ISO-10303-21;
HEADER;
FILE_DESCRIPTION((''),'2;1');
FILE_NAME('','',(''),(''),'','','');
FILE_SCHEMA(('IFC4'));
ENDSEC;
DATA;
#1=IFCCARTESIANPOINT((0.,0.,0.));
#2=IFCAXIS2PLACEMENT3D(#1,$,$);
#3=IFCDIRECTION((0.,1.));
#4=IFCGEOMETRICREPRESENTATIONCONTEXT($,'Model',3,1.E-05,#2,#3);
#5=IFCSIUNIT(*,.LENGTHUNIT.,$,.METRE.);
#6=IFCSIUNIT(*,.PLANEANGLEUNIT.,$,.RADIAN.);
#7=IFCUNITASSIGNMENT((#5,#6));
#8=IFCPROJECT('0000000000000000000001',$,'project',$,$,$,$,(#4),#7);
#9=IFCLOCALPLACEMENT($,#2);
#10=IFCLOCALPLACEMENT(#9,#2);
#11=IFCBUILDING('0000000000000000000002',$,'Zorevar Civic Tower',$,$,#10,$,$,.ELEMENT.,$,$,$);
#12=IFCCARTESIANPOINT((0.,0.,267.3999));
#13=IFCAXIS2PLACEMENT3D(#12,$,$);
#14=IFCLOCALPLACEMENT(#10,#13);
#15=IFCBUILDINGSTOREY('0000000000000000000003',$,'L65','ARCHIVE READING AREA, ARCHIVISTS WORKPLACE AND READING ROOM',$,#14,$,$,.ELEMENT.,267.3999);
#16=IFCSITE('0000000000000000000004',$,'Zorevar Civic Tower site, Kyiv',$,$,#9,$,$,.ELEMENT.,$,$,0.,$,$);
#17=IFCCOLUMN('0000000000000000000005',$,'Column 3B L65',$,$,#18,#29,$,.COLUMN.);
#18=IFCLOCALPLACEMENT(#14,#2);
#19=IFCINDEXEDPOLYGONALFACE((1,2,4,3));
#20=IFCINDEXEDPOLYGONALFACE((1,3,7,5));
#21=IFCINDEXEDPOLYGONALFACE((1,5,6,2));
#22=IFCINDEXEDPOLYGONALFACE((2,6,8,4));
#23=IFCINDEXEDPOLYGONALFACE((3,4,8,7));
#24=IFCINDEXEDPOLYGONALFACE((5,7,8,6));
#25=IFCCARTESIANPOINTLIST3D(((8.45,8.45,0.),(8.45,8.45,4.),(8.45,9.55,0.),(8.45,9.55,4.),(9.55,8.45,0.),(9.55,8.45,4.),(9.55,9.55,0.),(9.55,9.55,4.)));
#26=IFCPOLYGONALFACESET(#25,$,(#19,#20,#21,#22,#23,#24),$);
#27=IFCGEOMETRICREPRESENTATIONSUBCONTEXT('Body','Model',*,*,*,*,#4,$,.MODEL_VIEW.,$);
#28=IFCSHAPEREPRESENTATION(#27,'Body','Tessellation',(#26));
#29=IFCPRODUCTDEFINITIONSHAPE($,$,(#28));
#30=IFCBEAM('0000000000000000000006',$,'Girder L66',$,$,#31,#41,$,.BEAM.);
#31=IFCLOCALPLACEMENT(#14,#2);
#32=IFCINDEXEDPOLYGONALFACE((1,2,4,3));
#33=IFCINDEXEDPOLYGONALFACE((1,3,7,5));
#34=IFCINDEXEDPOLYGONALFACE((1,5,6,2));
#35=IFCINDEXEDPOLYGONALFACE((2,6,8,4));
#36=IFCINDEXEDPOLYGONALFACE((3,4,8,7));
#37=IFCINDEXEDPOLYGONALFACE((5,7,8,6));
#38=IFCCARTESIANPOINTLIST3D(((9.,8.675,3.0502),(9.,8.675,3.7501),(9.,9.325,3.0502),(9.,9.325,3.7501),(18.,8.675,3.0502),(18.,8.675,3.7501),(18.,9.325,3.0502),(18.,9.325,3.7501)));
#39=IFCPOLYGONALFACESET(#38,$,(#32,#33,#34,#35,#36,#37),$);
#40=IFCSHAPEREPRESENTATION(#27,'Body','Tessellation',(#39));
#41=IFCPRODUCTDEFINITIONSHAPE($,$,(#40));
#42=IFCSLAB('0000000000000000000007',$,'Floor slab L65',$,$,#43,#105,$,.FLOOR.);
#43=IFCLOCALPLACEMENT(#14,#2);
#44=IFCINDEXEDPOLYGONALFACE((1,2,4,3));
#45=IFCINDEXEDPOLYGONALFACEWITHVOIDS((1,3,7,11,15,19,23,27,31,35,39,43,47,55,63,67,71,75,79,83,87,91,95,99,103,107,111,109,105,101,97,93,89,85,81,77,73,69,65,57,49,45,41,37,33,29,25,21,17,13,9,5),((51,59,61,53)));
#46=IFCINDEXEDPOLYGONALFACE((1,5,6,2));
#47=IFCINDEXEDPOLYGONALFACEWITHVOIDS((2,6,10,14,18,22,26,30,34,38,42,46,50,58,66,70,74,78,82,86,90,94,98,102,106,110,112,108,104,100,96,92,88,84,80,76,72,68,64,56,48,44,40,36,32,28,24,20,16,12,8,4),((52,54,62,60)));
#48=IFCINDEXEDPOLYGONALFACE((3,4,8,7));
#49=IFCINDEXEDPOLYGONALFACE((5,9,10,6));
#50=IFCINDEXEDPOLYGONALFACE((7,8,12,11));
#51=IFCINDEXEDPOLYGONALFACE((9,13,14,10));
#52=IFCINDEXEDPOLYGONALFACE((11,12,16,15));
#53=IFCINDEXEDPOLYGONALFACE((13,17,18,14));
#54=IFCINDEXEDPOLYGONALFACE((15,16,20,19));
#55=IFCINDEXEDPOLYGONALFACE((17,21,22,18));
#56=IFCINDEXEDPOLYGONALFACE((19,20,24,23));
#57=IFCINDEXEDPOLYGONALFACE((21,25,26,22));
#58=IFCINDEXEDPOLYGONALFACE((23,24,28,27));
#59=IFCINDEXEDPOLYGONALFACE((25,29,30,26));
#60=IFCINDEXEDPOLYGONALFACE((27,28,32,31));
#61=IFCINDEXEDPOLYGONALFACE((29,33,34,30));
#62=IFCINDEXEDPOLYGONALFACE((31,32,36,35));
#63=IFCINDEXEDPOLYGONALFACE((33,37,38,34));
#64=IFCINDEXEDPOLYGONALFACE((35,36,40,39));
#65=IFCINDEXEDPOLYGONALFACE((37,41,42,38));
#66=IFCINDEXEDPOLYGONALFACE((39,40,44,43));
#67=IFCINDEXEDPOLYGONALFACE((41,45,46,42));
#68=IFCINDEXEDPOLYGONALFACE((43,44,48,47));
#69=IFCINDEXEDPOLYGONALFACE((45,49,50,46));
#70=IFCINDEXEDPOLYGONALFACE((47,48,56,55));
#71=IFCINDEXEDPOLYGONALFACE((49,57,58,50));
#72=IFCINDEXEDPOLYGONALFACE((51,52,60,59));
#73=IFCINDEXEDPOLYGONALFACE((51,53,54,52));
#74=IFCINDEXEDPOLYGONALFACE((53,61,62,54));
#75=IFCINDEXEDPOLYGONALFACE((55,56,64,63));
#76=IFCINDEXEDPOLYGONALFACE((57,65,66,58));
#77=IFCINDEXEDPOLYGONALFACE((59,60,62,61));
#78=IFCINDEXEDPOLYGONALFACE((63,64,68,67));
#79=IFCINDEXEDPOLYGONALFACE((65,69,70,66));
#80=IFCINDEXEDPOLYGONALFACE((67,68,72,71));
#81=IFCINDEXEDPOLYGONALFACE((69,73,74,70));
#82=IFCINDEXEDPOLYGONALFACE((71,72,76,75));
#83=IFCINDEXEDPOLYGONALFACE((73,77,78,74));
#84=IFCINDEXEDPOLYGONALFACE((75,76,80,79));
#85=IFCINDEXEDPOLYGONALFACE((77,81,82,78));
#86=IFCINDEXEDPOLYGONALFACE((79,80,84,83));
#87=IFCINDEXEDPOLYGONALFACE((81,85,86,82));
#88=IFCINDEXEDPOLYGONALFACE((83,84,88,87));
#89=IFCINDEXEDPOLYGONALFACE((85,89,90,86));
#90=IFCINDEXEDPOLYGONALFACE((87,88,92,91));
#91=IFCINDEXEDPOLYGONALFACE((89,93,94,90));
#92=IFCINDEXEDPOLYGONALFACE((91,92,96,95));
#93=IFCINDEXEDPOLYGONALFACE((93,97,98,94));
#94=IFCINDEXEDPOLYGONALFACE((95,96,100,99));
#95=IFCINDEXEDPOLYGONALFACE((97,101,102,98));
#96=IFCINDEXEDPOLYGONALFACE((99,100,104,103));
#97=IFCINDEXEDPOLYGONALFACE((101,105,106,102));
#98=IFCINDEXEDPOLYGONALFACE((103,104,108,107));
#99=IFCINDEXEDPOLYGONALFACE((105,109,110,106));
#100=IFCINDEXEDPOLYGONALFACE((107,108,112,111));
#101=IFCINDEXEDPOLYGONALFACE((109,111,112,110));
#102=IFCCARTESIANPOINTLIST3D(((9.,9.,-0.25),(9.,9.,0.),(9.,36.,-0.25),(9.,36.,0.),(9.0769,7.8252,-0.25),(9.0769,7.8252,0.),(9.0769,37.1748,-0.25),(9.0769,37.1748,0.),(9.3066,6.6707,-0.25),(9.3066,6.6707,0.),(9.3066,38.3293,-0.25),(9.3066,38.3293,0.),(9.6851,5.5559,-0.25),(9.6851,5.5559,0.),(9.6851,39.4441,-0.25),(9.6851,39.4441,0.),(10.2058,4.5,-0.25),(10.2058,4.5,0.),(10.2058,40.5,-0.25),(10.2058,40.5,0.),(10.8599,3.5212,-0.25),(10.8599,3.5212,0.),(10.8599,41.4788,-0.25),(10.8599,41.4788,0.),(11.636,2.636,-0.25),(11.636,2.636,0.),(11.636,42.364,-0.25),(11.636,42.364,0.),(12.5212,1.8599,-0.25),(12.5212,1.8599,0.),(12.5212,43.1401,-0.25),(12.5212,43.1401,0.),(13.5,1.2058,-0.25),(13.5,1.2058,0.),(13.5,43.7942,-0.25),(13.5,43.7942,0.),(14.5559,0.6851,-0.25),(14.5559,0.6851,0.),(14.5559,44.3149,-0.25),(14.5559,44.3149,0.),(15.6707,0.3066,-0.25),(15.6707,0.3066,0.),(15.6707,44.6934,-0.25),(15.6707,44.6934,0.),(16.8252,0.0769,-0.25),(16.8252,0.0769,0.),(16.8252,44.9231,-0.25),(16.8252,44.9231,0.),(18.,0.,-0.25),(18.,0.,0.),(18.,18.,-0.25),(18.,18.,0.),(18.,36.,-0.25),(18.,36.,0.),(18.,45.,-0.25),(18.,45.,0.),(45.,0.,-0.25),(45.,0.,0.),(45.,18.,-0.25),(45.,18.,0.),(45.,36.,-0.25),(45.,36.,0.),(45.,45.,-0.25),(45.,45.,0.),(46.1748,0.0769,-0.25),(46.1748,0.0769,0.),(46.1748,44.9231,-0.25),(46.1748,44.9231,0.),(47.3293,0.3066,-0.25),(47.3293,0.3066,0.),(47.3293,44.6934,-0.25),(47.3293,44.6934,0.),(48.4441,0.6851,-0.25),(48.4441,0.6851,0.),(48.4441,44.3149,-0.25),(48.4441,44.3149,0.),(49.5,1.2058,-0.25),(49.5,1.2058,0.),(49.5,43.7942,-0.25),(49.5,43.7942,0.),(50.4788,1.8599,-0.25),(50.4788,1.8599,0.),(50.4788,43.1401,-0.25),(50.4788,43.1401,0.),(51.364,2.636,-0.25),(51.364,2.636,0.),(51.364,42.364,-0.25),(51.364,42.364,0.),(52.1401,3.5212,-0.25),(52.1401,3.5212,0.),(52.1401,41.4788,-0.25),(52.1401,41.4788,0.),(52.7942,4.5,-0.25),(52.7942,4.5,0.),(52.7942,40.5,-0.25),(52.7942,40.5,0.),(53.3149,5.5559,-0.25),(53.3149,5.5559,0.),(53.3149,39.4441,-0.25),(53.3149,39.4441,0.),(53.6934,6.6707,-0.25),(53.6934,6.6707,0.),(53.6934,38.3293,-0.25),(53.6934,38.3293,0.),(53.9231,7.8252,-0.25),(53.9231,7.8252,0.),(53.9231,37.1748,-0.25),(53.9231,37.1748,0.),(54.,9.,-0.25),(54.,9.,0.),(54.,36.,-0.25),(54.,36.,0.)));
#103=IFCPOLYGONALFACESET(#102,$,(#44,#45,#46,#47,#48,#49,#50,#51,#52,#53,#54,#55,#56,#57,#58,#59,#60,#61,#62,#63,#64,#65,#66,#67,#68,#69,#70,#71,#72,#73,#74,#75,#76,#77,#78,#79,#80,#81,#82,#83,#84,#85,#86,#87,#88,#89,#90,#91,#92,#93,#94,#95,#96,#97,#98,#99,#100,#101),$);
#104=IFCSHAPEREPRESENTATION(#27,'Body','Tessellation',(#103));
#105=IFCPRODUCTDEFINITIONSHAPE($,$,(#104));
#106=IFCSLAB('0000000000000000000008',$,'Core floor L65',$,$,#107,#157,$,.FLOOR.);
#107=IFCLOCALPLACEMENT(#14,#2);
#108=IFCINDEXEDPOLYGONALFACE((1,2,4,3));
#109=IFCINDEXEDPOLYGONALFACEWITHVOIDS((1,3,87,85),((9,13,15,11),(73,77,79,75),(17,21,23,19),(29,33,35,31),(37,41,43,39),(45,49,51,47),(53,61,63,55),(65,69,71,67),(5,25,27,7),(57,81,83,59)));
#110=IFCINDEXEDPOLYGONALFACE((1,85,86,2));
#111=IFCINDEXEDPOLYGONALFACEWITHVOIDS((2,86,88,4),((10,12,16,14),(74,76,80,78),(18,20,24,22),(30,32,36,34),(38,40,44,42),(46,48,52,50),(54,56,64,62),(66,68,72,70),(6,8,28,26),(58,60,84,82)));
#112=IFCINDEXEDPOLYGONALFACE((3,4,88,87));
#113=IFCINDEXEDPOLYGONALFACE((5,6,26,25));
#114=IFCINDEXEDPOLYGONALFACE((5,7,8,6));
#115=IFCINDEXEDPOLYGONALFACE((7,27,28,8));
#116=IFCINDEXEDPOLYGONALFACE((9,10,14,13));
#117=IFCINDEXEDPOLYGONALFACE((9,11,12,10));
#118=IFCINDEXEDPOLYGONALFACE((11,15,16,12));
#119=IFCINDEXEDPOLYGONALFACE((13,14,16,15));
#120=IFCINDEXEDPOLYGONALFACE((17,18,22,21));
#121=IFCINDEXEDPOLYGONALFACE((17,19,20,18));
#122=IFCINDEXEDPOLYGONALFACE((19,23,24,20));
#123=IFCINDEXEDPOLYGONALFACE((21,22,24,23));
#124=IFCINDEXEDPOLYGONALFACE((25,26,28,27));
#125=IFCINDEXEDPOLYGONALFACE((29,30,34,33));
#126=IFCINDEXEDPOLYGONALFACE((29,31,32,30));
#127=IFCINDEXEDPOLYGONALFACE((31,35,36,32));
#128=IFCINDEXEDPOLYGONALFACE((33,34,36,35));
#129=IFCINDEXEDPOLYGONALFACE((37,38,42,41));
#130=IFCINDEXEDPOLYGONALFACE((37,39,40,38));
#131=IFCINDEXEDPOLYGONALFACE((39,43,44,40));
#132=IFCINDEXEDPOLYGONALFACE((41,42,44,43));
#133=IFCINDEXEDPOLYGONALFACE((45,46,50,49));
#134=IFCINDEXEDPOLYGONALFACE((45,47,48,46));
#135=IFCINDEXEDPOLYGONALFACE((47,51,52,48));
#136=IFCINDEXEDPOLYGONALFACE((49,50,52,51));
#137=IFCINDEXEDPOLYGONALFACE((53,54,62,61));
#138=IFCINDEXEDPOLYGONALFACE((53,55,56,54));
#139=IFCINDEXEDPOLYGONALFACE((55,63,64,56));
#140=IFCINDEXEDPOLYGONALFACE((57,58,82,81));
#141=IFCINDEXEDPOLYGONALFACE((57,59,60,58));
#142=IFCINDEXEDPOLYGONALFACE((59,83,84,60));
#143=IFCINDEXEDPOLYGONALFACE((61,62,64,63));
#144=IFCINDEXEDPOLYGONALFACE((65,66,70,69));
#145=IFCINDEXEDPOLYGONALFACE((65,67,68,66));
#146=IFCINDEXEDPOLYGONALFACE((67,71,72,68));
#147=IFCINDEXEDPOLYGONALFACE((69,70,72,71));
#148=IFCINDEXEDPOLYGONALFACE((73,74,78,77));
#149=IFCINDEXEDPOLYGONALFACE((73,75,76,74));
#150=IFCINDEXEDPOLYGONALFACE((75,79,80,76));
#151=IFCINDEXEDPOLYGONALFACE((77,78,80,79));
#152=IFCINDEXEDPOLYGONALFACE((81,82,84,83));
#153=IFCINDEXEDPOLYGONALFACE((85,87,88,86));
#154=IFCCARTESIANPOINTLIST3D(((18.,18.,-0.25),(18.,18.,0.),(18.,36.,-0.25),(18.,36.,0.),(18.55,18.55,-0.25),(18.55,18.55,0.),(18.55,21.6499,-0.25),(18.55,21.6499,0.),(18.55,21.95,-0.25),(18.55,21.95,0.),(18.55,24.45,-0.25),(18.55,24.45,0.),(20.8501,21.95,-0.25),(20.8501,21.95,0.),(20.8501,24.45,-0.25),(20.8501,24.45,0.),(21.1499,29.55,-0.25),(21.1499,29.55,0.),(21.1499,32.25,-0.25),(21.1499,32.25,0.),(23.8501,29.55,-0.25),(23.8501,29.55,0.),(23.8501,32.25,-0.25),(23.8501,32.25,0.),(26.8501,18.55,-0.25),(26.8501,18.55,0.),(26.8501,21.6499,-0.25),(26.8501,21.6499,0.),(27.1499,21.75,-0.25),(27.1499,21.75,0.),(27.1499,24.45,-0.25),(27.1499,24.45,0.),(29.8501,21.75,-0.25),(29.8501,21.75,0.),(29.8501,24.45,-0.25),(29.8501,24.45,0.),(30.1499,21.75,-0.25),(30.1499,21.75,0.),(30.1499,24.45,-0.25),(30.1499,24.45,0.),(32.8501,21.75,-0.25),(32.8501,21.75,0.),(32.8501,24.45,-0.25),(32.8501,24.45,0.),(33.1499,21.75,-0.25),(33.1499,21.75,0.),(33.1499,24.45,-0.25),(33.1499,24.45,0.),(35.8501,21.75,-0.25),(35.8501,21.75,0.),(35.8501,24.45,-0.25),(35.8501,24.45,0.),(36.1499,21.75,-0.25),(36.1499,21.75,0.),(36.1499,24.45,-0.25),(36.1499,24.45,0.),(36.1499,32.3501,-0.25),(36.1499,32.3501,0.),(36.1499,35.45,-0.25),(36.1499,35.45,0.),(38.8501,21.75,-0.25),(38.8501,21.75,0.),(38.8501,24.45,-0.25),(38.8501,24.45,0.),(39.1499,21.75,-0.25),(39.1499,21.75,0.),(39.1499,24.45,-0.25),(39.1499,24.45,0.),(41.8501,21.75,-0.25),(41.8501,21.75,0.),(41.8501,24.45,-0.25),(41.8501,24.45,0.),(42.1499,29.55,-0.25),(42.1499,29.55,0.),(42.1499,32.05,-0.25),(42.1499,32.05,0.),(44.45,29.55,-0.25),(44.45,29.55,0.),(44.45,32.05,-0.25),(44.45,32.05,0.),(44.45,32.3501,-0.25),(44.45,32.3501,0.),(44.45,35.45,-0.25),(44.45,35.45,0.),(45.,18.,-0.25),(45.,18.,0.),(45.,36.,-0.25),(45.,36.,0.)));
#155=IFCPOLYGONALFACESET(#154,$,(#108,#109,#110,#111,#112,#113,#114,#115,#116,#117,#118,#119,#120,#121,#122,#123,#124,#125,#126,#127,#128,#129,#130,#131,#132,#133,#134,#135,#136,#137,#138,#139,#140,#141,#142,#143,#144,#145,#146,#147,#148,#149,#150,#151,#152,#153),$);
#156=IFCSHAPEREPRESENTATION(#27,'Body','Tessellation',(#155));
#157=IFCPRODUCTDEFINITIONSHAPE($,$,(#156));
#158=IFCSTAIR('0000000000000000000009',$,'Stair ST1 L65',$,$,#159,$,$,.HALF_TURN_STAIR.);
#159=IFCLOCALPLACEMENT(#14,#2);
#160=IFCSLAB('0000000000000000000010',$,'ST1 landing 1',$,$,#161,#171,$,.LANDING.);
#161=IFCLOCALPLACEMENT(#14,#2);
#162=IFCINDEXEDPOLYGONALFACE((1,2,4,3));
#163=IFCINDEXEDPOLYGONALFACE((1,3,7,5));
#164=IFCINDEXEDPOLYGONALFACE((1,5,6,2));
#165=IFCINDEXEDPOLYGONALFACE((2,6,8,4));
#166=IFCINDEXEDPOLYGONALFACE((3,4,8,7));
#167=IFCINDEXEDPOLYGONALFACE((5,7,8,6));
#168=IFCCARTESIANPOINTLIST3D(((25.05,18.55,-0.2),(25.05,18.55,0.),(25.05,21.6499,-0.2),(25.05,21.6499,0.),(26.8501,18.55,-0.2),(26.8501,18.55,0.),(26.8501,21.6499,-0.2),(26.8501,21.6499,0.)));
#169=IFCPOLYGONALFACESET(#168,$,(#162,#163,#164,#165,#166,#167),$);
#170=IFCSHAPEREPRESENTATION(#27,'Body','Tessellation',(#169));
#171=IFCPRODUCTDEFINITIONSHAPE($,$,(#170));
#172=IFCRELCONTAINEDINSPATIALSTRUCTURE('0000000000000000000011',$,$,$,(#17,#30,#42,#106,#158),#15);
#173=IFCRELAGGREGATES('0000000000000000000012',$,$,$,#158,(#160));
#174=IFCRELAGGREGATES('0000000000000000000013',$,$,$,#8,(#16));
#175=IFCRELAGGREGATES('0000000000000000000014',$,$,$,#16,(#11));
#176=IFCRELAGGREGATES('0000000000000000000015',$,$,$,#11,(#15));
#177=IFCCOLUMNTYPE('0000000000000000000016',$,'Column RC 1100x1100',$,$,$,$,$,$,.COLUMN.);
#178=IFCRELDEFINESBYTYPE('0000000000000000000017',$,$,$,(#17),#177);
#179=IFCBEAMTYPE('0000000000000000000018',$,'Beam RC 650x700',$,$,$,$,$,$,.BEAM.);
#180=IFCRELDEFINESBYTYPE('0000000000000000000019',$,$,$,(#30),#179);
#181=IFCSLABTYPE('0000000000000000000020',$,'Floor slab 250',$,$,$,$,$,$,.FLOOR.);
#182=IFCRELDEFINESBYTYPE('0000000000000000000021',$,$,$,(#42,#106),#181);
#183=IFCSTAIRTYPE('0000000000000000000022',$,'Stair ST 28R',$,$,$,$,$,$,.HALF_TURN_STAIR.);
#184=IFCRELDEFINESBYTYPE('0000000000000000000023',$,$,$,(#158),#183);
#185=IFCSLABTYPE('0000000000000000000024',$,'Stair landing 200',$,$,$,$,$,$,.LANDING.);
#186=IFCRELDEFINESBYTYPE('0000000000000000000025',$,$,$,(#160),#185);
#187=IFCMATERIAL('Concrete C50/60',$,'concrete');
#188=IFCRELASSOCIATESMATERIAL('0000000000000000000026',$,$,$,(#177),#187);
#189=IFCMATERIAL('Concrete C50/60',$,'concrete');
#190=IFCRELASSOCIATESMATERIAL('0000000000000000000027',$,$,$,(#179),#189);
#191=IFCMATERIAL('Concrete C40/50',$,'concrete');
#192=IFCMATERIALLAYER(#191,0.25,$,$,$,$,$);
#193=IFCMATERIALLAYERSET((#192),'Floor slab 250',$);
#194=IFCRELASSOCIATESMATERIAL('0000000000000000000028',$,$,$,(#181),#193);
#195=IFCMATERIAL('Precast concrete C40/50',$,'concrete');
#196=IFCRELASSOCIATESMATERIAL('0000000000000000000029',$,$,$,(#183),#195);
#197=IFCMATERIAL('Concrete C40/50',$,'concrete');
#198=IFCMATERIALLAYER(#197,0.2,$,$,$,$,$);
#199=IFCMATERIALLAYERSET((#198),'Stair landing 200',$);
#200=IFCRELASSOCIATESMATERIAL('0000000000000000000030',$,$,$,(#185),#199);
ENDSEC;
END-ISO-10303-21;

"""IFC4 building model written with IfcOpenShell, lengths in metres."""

from ifc_helpers import new_model, si_unit, direction, frame, origin, origin_2d, place, context, subcontext, project, spatial, polyline, rectangle, outline, extrude, material, layer, layer_set, material_profile, profile_set, type_object, element, aggregate, save


model = new_model("IFC4")

# Units and contexts
model_context = context("Model", 3, precision=1e-05, world=origin(), true_north=direction((0.0, 1.0)))
body_context = subcontext(model_context, "Body", "Model", "MODEL_VIEW")
ifc_project = project(units=[si_unit("LENGTHUNIT", "METRE"), si_unit("PLANEANGLEUNIT", "RADIAN")], contexts=[model_context])

# Site, building, storey
site_placement = place(None, origin())
site = spatial("IfcSite", under=ifc_project, at=site_placement, Name="Zorevar Civic Tower site, Kyiv", CompositionType="ELEMENT", RefElevation=0.0)
building_placement = place(site_placement, origin())
building = spatial("IfcBuilding", under=site, at=building_placement, Name="Zorevar Civic Tower", CompositionType="ELEMENT")
storey_placement = place(building_placement, frame((0.0, 0.0, 267.3999)))
storey = spatial("IfcBuildingStorey", under=building, at=storey_placement, Name="L65", Description="ARCHIVE READING AREA, ARCHIVISTS WORKPLACE AND READING ROOM", CompositionType="ELEMENT", Elevation=267.3999)

# Column
ifc_material_1 = material(Name="Concrete C50/60", Category="concrete")
ifc_material_profile_1 = material_profile(ifc_material_1, rectangle(XDim=1.1001, YDim=1.1001, at=origin_2d()), Name="RC 1100x1100")
ifc_profile_set_1 = profile_set([ifc_material_profile_1], Name="Concrete C50/60")
column_type = type_object("IfcColumnType", Name="Column RC 1100x1100", PredefinedType="COLUMN", material=ifc_profile_set_1)
column_placement = place(storey_placement, frame((9.0, 9.0, 0.0), z_axis=(0.0, 0.0, 1.0), x_axis=(1.0, 0.0, 0.0)))
element("IfcColumn", 1, at=column_placement, inside=storey, type_object=column_type, Name="Column 3B L65", PredefinedType="COLUMN", context=body_context, shape_type="SweptSolid", body=[
    extrude(rectangle(XDim=1.1001, YDim=1.1001, at=origin_2d()), origin(), (0.0, 0.0, 1.0), 4.0),
])

# Beam
ifc_material_2 = material(Name="Concrete C50/60", Category="concrete")
ifc_material_profile_2 = material_profile(ifc_material_2, rectangle(XDim=0.6499, YDim=0.7, at=origin_2d()), Name="RC 650x700")
ifc_profile_set_2 = profile_set([ifc_material_profile_2], Name="Concrete C50/60")
beam_type = type_object("IfcBeamType", Name="Beam RC 650x700", PredefinedType="BEAM", material=ifc_profile_set_2)
beam_placement = place(storey_placement, frame((9.0, 9.0, 3.4001), z_axis=(1.0, 0.0, 0.0), x_axis=(0.0, 1.0, 0.0)))
element("IfcBeam", 2, at=beam_placement, inside=storey, type_object=beam_type, Name="Girder L66", PredefinedType="BEAM", context=body_context, shape_type="SweptSolid", body=[
    extrude(rectangle(XDim=0.6499, YDim=0.7, at=origin_2d()), origin(), (0.0, 0.0, 1.0), 9.0),
])

# Slabs
ifc_material_3 = material(Name="Concrete C40/50", Category="concrete")
ifc_layer_1 = layer(ifc_material_3, 0.25)
ifc_layer_set_1 = layer_set([ifc_layer_1], Name="Floor slab 250")
slab_type_1 = type_object("IfcSlabType", Name="Floor slab 250", PredefinedType="FLOOR", material=ifc_layer_set_1)
slab_1_placement = place(storey_placement, frame((0.0, 0.0, -0.25)))
element("IfcSlab", 3, at=slab_1_placement, inside=storey, type_object=slab_type_1, Name="Floor slab L65", PredefinedType="FLOOR", context=body_context, shape_type="SweptSolid", body=[
    extrude(outline(polyline([(45.0, 0.0), (46.1748, 0.0769), (47.3293, 0.3066), (48.4441, 0.6851), (49.5, 1.2058), (50.4788, 1.8599), (51.364, 2.636), (52.1401, 3.5212), (52.7942, 4.5), (53.3149, 5.5559), (53.6934, 6.6707), (53.9231, 7.8252), (54.0, 9.0), (54.0, 36.0), (53.9231, 37.1748), (53.6934, 38.3293), (53.3149, 39.4441), (52.7942, 40.5), (52.1401, 41.4788), (51.364, 42.364), (50.4788, 43.1401), (49.5, 43.7942), (48.4441, 44.3149), (47.3293, 44.6934), (46.1748, 44.9231), (45.0, 45.0), (18.0, 45.0), (16.8252, 44.9231), (15.6707, 44.6934), (14.5559, 44.3149), (13.5, 43.7942), (12.5212, 43.1401), (11.636, 42.364), (10.8599, 41.4788), (10.2058, 40.5), (9.6851, 39.4441), (9.3066, 38.3293), (9.0769, 37.1748), (9.0, 36.0), (9.0, 9.0), (9.0769, 7.8252), (9.3066, 6.6707), (9.6851, 5.5559), (10.2058, 4.5), (10.8599, 3.5212), (11.636, 2.636), (12.5212, 1.8599), (13.5, 1.2058), (14.5559, 0.6851), (15.6707, 0.3066), (16.8252, 0.0769), (18.0, 0.0), (45.0, 0.0)]), holes=[polyline([(18.0, 18.0), (45.0, 18.0), (45.0, 36.0), (18.0, 36.0), (18.0, 18.0)])]), origin(), (0.0, 0.0, 1.0), 0.25),
])
slab_2_placement = place(storey_placement, frame((0.0, 0.0, -0.25)))
element("IfcSlab", 4, at=slab_2_placement, inside=storey, type_object=slab_type_1, Name="Core floor L65", PredefinedType="FLOOR", context=body_context, shape_type="SweptSolid", body=[
    extrude(outline(polyline([(18.0, 18.0), (45.0, 18.0), (45.0, 36.0), (18.0, 36.0), (18.0, 18.0)]), holes=[polyline([(18.55, 18.55), (26.8501, 18.55), (26.8501, 21.6499), (18.55, 21.6499), (18.55, 18.55)]), polyline([(36.1499, 32.3501), (44.45, 32.3501), (44.45, 35.45), (36.1499, 35.45), (36.1499, 32.3501)]), polyline([(18.55, 21.95), (20.8501, 21.95), (20.8501, 24.45), (18.55, 24.45), (18.55, 21.95)]), polyline([(42.1499, 29.55), (44.45, 29.55), (44.45, 32.05), (42.1499, 32.05), (42.1499, 29.55)]), polyline([(27.1499, 21.75), (29.8501, 21.75), (29.8501, 24.45), (27.1499, 24.45), (27.1499, 21.75)]), polyline([(30.1499, 21.75), (32.8501, 21.75), (32.8501, 24.45), (30.1499, 24.45), (30.1499, 21.75)]), polyline([(33.1499, 21.75), (35.8501, 21.75), (35.8501, 24.45), (33.1499, 24.45), (33.1499, 21.75)]), polyline([(36.1499, 21.75), (38.8501, 21.75), (38.8501, 24.45), (36.1499, 24.45), (36.1499, 21.75)]), polyline([(39.1499, 21.75), (41.8501, 21.75), (41.8501, 24.45), (39.1499, 24.45), (39.1499, 21.75)]), polyline([(21.1499, 29.55), (23.8501, 29.55), (23.8501, 32.25), (21.1499, 32.25), (21.1499, 29.55)])]), origin(), (0.0, 0.0, 1.0), 0.25),
])

# Stair, slab
ifc_material_4 = material(Name="Precast concrete C40/50", Category="concrete")
stair_type = type_object("IfcStairType", Name="Stair ST 28R", PredefinedType="HALF_TURN_STAIR", material=ifc_material_4)
stair_1_placement = place(storey_placement, origin())
stair_1 = element("IfcStair", 5, at=stair_1_placement, inside=storey, type_object=stair_type, Name="Stair ST1 L65", PredefinedType="HALF_TURN_STAIR")
ifc_material_5 = material(Name="Concrete C40/50", Category="concrete")
ifc_layer_2 = layer(ifc_material_5, 0.2)
ifc_layer_set_2 = layer_set([ifc_layer_2], Name="Stair landing 200")
slab_type_2 = type_object("IfcSlabType", Name="Stair landing 200", PredefinedType="LANDING", material=ifc_layer_set_2)
slab_3_placement = place(storey_placement, frame((0.0, 0.0, -0.2)))
slab_3 = element("IfcSlab", 6, at=slab_3_placement, type_object=slab_type_2, Name="ST1 landing 1", PredefinedType="LANDING", context=body_context, shape_type="SweptSolid", body=[
    extrude(outline(polyline([(25.05, 18.55), (26.8501, 18.55), (26.8501, 21.6499), (25.05, 21.6499), (25.05, 18.55)])), origin(), (0.0, 0.0, 1.0), 0.2),
])
aggregate(stair_1, [slab_3])

save(model, "model.ifc")
